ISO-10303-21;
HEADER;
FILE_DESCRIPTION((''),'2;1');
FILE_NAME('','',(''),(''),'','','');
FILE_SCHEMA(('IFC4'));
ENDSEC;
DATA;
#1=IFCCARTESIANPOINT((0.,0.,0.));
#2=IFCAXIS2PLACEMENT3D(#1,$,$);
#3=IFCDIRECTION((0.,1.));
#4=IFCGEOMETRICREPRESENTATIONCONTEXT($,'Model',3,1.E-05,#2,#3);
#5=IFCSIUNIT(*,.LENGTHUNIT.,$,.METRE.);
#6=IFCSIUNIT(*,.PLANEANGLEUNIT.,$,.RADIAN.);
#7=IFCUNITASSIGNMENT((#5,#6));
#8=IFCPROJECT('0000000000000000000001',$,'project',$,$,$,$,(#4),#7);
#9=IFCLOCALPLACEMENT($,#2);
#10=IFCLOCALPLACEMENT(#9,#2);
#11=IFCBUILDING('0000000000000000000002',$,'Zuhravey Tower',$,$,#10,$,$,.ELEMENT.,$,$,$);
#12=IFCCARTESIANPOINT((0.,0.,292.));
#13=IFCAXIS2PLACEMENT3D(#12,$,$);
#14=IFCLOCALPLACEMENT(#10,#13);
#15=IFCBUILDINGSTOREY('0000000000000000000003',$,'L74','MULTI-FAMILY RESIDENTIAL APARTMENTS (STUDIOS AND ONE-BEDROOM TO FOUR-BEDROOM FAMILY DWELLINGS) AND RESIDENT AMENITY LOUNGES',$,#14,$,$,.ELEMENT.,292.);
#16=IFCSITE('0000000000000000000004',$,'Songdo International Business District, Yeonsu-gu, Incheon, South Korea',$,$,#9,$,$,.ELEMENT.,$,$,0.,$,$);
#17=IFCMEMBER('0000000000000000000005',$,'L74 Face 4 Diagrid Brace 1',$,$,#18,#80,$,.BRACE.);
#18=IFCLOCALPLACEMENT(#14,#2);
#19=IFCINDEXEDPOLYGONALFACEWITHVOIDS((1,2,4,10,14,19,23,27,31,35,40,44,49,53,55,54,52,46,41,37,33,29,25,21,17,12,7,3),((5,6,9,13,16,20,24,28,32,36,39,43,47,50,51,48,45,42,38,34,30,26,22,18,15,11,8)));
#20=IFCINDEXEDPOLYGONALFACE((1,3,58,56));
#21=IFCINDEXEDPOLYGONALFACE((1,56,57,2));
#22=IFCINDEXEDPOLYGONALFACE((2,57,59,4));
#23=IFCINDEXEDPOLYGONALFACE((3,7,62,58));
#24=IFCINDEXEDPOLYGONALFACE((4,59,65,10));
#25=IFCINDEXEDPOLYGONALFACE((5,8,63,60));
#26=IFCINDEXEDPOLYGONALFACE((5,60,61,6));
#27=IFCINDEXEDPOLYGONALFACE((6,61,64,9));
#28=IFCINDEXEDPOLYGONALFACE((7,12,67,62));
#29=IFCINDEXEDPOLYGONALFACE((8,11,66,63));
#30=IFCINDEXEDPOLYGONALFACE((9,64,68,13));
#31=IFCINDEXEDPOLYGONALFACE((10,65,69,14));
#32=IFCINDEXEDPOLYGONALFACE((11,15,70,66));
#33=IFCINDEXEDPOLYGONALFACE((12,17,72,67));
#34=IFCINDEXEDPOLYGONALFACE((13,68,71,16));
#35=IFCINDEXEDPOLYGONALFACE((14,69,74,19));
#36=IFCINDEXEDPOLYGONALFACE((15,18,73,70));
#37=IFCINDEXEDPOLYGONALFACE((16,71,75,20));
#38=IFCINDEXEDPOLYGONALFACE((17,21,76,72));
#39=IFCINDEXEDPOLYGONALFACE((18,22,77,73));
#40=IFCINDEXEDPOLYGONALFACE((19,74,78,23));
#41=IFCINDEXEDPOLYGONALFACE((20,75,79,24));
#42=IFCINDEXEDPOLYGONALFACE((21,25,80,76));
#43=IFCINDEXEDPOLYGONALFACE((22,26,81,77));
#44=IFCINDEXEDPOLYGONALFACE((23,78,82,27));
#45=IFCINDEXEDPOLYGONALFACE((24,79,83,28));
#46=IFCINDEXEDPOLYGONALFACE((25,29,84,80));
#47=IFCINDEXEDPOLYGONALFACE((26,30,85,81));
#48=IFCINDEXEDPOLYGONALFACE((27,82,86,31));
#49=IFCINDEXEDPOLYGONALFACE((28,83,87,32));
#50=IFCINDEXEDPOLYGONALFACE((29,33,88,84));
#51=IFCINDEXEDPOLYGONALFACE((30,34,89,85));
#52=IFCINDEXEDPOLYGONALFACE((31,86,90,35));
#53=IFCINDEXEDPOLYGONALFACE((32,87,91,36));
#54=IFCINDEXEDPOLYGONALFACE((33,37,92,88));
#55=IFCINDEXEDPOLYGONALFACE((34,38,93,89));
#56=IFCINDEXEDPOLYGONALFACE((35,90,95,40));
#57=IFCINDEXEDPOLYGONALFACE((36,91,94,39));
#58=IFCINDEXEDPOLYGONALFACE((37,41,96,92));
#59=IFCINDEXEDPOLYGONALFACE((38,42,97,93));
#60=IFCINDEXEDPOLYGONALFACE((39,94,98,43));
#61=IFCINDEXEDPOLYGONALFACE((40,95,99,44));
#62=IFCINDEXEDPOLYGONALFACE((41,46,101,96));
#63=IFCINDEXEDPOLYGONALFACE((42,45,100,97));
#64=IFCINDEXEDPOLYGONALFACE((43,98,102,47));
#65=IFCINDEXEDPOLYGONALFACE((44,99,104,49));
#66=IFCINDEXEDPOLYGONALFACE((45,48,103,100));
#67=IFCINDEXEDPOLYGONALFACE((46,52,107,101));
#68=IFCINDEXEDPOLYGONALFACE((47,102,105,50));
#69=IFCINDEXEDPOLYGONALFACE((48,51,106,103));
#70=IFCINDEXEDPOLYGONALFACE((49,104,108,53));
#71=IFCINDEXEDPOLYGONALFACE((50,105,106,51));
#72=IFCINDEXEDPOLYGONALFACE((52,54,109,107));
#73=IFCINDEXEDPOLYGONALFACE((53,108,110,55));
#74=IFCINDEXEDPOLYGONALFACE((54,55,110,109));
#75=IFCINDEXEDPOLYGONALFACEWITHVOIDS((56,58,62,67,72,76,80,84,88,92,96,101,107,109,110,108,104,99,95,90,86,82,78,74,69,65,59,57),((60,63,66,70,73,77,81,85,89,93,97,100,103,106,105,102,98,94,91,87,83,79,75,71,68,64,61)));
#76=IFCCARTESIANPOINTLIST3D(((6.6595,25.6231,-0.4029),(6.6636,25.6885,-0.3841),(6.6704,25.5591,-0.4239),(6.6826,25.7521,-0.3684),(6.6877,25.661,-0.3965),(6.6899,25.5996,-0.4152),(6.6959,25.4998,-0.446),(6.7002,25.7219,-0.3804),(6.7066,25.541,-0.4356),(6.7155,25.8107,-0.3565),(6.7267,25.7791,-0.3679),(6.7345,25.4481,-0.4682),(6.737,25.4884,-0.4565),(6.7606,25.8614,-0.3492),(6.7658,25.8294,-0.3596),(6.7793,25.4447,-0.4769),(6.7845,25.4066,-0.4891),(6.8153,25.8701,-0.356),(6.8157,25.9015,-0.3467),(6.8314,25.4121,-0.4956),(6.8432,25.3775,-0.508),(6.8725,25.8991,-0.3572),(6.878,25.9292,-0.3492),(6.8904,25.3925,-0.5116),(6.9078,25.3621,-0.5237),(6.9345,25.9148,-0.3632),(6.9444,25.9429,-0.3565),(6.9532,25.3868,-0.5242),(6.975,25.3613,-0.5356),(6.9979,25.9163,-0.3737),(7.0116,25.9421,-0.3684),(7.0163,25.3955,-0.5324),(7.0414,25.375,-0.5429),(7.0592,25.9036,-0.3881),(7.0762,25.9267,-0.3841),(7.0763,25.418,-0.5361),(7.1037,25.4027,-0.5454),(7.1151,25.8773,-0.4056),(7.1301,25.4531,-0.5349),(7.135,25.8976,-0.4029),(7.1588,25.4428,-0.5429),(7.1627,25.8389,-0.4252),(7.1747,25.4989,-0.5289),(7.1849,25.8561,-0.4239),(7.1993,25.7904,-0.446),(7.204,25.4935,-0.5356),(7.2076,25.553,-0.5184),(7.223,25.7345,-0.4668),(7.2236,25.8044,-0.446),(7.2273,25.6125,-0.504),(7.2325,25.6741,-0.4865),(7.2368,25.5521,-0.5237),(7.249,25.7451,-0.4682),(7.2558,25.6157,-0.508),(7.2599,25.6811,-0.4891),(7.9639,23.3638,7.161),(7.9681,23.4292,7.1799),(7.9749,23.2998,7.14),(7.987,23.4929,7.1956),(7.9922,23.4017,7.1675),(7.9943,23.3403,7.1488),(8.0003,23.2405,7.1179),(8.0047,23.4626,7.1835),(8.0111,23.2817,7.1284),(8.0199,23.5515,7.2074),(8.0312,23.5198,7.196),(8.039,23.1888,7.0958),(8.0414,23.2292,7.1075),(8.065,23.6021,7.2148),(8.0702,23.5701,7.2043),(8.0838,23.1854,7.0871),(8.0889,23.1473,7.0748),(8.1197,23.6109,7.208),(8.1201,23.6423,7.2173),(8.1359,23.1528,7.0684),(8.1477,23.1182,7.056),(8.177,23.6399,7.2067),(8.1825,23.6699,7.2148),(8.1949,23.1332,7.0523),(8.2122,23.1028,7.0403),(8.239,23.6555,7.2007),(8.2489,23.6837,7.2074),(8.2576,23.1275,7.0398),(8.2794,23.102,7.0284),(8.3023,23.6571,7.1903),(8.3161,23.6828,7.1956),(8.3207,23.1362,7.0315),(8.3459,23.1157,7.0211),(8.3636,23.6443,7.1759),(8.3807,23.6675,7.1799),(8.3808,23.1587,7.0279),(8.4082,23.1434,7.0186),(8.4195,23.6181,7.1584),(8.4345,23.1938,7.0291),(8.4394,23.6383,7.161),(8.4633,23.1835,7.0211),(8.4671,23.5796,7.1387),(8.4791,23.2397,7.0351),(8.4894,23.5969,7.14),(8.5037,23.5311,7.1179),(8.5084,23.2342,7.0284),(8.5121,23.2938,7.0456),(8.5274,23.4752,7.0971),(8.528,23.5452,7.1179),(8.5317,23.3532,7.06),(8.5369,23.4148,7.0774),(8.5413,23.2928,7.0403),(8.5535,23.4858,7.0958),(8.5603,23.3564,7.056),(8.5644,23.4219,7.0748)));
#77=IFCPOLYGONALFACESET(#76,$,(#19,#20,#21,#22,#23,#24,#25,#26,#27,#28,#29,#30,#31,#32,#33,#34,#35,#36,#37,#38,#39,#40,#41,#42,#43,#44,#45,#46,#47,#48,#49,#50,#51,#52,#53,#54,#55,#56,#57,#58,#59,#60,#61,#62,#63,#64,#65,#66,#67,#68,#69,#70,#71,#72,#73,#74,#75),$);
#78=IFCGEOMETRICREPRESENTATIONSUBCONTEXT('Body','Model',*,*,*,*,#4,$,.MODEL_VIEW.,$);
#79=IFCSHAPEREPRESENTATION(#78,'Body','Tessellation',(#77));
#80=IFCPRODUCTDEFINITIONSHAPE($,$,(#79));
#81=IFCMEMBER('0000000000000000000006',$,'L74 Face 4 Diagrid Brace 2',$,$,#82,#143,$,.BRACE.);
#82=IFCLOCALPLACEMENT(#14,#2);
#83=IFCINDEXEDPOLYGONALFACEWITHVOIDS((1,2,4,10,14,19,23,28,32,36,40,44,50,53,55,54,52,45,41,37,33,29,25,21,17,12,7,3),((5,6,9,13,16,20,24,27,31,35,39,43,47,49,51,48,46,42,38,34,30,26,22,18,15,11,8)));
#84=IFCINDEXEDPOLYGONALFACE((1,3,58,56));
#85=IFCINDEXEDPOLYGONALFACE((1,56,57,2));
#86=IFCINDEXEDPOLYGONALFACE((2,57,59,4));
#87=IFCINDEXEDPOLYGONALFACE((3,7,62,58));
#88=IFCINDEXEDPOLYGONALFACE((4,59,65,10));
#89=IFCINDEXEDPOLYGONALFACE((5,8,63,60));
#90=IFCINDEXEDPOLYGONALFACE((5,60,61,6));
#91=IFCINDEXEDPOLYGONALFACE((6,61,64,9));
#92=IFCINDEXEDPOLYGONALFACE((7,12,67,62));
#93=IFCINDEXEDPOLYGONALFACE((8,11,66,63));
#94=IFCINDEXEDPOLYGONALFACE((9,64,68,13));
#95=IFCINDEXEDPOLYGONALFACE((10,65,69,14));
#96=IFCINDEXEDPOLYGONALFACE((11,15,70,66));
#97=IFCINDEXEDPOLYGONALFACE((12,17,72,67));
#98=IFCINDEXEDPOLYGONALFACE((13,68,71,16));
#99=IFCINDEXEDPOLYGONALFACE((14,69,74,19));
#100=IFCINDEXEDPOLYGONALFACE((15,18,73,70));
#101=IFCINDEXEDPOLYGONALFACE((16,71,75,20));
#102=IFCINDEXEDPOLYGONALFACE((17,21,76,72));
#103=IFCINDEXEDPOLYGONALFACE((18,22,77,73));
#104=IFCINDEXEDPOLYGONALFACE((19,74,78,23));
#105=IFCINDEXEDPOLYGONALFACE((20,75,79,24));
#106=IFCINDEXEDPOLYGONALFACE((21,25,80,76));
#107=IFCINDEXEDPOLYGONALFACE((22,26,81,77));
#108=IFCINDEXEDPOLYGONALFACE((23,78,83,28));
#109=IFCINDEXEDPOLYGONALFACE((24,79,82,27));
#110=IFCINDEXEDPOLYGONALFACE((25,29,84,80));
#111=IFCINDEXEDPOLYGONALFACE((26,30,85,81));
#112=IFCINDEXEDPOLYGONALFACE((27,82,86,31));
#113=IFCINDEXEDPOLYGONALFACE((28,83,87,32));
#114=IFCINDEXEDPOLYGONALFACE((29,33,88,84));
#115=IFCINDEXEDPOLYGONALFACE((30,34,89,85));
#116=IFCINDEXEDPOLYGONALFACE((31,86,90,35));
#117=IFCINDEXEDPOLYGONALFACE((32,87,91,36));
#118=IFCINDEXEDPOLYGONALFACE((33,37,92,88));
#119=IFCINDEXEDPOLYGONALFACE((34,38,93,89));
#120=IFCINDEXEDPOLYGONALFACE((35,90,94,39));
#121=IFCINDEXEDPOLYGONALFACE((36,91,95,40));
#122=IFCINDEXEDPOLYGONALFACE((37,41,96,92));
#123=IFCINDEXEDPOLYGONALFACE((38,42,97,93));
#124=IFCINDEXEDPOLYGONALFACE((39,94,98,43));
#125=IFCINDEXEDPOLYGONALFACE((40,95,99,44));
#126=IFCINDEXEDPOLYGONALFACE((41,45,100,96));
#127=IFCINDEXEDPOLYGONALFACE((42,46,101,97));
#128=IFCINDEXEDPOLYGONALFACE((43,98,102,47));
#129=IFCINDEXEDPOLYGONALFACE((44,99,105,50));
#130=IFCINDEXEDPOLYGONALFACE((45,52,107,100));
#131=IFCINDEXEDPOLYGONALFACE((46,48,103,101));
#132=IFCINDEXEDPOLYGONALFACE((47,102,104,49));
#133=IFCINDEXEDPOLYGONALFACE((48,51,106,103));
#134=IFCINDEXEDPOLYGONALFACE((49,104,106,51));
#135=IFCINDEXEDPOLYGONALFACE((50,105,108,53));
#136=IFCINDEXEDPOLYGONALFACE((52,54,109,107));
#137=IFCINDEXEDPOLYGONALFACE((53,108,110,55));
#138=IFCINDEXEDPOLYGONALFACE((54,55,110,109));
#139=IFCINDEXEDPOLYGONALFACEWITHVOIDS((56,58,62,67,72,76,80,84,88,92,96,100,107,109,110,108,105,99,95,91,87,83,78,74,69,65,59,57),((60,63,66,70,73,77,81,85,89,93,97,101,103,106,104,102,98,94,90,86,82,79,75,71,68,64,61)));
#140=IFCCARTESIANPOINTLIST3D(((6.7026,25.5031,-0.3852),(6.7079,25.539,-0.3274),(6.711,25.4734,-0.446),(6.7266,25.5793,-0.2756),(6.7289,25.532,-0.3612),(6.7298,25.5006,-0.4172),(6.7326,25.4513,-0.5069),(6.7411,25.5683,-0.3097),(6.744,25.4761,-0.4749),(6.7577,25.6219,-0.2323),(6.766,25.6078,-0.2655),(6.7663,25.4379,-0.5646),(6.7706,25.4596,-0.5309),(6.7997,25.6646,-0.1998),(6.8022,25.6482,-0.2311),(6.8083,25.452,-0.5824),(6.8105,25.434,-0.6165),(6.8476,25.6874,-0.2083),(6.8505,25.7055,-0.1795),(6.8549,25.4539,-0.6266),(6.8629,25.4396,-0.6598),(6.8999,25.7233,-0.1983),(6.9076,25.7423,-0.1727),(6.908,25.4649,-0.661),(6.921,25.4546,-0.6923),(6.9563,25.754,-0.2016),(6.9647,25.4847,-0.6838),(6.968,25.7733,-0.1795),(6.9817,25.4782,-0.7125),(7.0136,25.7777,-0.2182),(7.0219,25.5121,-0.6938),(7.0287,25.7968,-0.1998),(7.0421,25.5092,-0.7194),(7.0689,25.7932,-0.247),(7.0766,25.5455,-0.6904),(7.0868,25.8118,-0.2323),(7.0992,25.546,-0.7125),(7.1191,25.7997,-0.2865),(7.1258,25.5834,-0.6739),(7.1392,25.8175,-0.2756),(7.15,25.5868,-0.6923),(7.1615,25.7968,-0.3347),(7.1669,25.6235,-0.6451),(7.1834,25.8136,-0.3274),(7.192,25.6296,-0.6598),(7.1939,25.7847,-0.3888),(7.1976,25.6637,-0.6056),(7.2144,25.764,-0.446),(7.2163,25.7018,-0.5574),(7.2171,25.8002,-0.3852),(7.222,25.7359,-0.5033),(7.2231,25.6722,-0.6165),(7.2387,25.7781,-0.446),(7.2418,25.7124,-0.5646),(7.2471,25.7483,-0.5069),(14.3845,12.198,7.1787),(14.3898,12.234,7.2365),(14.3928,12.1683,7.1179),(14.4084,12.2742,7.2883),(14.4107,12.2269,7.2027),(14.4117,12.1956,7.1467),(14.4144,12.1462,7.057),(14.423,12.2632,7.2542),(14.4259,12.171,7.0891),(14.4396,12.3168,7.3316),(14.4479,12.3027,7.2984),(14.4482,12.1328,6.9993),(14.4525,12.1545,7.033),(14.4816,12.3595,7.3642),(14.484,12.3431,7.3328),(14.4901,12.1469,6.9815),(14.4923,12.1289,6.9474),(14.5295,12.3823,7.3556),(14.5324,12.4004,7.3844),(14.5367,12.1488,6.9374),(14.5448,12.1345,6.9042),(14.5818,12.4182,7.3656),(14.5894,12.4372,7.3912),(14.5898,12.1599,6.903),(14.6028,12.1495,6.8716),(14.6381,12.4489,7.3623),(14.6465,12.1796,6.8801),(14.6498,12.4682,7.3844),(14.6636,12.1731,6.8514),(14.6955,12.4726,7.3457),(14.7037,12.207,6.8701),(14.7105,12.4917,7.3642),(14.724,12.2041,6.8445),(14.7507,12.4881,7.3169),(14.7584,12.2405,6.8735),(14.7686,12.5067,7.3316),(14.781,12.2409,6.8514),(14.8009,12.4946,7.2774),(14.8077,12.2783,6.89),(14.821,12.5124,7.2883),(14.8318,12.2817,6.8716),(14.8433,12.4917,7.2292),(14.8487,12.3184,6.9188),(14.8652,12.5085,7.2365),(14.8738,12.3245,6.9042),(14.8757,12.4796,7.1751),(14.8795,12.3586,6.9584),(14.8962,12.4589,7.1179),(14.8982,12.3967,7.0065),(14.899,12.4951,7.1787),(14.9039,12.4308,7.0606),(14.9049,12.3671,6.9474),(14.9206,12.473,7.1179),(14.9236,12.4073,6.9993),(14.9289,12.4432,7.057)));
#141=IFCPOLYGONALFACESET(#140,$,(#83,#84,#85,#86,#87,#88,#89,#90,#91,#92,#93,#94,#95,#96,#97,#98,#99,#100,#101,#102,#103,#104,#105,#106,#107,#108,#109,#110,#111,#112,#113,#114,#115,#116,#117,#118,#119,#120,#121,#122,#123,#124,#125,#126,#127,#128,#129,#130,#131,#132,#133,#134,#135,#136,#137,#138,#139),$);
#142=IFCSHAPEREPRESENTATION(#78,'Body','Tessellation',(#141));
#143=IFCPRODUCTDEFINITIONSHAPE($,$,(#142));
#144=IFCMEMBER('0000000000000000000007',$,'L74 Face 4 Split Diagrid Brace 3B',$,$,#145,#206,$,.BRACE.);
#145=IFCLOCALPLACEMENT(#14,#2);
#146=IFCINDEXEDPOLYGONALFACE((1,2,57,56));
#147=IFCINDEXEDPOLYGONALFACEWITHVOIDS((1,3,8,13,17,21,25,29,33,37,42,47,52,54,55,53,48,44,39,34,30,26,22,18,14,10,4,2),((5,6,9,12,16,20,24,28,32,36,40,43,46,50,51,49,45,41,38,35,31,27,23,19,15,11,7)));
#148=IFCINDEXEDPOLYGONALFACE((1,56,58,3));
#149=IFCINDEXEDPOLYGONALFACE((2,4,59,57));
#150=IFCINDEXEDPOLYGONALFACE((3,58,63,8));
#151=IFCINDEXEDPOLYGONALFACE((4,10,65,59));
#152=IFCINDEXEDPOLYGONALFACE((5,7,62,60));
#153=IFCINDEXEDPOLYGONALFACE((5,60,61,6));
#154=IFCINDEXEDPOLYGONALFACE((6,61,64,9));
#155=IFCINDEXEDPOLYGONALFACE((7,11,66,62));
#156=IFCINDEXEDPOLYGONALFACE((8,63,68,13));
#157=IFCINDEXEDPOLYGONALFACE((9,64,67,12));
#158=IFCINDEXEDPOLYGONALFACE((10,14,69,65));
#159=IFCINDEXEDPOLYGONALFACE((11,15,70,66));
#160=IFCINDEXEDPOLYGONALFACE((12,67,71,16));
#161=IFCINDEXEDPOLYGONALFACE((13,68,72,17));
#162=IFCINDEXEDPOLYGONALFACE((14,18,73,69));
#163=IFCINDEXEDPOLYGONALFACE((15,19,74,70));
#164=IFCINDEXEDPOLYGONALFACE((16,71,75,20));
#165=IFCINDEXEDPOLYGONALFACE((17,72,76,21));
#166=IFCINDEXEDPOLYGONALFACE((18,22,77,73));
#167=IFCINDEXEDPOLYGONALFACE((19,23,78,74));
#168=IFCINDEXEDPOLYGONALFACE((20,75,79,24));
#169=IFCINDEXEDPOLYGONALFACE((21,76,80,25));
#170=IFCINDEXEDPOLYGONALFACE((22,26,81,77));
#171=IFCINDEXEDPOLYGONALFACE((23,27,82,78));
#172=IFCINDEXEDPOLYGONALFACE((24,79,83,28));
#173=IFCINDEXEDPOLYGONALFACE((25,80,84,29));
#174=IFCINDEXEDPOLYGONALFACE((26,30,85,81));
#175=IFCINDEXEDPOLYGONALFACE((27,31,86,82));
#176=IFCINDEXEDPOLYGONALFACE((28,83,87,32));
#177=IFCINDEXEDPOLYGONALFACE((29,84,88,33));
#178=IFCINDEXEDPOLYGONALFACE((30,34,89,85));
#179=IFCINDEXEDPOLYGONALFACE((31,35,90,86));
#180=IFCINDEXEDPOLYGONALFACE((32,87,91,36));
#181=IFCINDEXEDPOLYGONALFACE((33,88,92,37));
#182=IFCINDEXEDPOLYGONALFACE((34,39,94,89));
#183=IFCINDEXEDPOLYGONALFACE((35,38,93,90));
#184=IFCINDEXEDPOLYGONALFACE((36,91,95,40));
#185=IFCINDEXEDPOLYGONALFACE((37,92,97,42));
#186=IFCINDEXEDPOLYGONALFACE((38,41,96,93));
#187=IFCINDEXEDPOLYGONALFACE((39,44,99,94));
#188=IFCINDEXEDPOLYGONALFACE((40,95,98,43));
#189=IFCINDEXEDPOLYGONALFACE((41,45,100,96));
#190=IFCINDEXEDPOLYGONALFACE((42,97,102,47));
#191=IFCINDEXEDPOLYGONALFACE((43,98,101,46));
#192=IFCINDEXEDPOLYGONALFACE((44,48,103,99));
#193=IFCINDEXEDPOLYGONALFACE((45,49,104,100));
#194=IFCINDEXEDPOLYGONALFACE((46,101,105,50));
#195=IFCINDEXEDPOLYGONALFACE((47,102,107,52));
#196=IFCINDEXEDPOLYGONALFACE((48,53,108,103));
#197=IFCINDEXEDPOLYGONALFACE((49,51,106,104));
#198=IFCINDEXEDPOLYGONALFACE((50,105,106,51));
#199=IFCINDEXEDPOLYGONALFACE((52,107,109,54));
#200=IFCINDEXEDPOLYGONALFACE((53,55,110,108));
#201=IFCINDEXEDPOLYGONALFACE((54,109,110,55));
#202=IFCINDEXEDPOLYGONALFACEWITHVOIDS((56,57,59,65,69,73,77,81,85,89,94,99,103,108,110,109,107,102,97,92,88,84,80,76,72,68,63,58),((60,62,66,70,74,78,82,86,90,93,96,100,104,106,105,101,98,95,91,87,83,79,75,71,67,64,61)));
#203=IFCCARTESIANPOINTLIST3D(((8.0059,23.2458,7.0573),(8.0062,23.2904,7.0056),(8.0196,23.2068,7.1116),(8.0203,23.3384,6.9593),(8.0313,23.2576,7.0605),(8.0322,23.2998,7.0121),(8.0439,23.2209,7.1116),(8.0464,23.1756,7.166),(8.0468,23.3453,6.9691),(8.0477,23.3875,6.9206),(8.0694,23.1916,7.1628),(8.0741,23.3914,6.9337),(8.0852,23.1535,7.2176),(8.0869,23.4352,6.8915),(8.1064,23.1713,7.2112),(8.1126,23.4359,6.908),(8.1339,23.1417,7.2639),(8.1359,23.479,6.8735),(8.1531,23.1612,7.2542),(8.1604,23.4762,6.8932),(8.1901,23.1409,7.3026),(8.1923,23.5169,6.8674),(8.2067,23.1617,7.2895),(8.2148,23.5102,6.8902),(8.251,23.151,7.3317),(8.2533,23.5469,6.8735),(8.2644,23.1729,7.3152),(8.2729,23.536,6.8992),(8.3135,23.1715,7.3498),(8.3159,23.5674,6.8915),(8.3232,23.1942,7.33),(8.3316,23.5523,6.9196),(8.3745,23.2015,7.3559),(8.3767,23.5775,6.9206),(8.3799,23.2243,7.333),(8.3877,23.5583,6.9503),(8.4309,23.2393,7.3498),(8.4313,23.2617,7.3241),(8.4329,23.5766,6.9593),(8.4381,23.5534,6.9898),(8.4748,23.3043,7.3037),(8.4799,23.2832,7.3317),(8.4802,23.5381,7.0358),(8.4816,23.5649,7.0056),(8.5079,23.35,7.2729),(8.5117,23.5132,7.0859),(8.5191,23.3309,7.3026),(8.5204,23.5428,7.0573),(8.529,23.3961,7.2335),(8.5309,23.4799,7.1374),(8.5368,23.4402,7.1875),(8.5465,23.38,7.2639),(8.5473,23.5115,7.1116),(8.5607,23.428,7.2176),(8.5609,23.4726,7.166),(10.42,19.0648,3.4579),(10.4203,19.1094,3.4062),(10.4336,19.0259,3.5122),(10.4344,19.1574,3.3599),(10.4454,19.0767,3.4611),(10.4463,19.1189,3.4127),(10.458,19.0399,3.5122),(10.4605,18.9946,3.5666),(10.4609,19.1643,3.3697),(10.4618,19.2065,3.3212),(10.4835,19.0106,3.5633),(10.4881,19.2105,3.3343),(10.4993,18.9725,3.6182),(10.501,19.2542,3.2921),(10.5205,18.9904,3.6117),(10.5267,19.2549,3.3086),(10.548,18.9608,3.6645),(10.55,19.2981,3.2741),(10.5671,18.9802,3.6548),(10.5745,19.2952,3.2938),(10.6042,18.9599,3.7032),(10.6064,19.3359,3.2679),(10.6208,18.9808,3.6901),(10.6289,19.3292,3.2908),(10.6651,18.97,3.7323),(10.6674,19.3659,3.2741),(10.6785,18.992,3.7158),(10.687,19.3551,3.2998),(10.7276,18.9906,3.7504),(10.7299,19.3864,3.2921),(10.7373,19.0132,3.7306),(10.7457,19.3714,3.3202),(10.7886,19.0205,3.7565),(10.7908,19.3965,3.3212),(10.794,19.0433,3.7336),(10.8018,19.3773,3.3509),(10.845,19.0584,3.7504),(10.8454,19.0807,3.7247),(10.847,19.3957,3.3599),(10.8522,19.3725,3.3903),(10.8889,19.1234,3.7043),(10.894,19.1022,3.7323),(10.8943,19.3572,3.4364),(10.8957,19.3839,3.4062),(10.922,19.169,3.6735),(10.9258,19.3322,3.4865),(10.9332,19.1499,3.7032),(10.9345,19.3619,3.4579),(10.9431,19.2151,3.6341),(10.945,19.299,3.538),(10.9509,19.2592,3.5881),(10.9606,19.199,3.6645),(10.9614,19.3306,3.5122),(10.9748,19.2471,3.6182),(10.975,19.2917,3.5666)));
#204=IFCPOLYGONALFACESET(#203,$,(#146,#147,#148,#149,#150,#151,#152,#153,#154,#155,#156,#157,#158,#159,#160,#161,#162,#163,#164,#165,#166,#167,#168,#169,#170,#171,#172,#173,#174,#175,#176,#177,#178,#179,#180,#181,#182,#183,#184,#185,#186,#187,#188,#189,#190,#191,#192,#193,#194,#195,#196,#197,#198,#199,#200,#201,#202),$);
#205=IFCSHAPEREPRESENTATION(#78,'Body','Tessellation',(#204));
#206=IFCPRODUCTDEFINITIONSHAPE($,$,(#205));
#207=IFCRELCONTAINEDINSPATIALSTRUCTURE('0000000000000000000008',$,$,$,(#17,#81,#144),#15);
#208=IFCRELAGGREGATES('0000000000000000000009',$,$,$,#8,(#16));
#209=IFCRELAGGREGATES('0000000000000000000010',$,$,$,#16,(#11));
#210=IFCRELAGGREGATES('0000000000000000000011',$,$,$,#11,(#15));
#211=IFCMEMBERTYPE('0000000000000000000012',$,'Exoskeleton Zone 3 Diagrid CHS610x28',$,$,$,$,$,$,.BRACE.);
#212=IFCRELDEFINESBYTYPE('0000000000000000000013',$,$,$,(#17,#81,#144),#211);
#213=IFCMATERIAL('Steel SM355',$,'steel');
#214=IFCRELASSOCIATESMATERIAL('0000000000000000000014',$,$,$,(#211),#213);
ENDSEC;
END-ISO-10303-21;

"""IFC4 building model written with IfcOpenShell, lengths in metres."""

from ifc_helpers import new_model, si_unit, direction, frame, origin, origin_2d, place, context, subcontext, project, spatial, hollow_circle, extrude, material, material_profile, profile_set, type_object, element, save


model = new_model("IFC4")

# Units and contexts
model_context = context("Model", 3, precision=1e-05, world=origin(), true_north=direction((0.0, 1.0)))
body_context = subcontext(model_context, "Body", "Model", "MODEL_VIEW")
ifc_project = project(units=[si_unit("LENGTHUNIT", "METRE"), si_unit("PLANEANGLEUNIT", "RADIAN")], contexts=[model_context])

# Site, building, storey
site_placement = place(None, origin())
site = spatial("IfcSite", under=ifc_project, at=site_placement, Name="Songdo International Business District, Yeonsu-gu, Incheon, South Korea", CompositionType="ELEMENT", RefElevation=0.0)
building_placement = place(site_placement, origin())
building = spatial("IfcBuilding", under=site, at=building_placement, Name="Zuhravey Tower", CompositionType="ELEMENT")
storey_placement = place(building_placement, frame((0.0, 0.0, 292.0)))
storey = spatial("IfcBuildingStorey", under=building, at=storey_placement, Name="L74", Description="MULTI-FAMILY RESIDENTIAL APARTMENTS (STUDIOS AND ONE-BEDROOM TO FOUR-BEDROOM FAMILY DWELLINGS) AND RESIDENT AMENITY LOUNGES", CompositionType="ELEMENT", Elevation=292.0)

# Members
ifc_material_1 = material(Name="Steel SM355", Category="steel")
ifc_material_profile_1 = material_profile(ifc_material_1, hollow_circle(Radius=0.3047, WallThickness=0.0281, at=origin_2d()), Name="CHS-609.6x28")
ifc_profile_set_1 = profile_set([ifc_material_profile_1], Name="Steel SM355")
member_type_1 = type_object("IfcMemberType", Name="Exoskeleton Zone 3 Diagrid CHS610x28", PredefinedType="BRACE", material=ifc_profile_set_1)
member_1_placement = place(storey_placement, frame((6.9597, 25.6521, -0.446), z_axis=(0.163031, -0.282367, 0.945352), x_axis=(0.866017, 0.500014, 0.0)))
element("IfcMember", 1, at=member_1_placement, inside=storey, type_object=member_type_1, Name="L74 Face 4 Diagrid Brace 1", PredefinedType="BRACE", context=body_context, shape_type="SweptSolid", body=[
    extrude(hollow_circle(Radius=0.3047, WallThickness=0.0281, at=origin_2d()), origin(), (0.0, 0.0, 1.0), 8.0012),
])
member_2_placement = place(storey_placement, frame((6.9749, 25.6257, -0.446), z_axis=(0.448587, -0.776962, 0.441701), x_axis=(0.866022, 0.500007, 0.0)))
element("IfcMember", 2, at=member_2_placement, inside=storey, type_object=member_type_1, Name="L74 Face 4 Diagrid Brace 2", PredefinedType="BRACE", context=body_context, shape_type="SweptSolid", body=[
    extrude(hollow_circle(Radius=0.3047, WallThickness=0.0281, at=origin_2d()), origin(), (0.0, 0.0, 1.0), 17.1245),
])
member_3_placement = place(storey_placement, frame((10.6975, 19.1782, 3.5122), z_axis=(-0.400881, 0.694285, 0.597714), x_axis=(-0.866006, -0.500033, 0.0)))
element("IfcMember", 3, at=member_3_placement, inside=storey, type_object=member_type_1, Name="L74 Face 4 Split Diagrid Brace 3B", PredefinedType="BRACE", context=body_context, shape_type="SweptSolid", body=[
    extrude(hollow_circle(Radius=0.3047, WallThickness=0.0281, at=origin_2d()), origin(), (0.0, 0.0, 1.0), 6.022),
])

save(model, "model.ifc")
